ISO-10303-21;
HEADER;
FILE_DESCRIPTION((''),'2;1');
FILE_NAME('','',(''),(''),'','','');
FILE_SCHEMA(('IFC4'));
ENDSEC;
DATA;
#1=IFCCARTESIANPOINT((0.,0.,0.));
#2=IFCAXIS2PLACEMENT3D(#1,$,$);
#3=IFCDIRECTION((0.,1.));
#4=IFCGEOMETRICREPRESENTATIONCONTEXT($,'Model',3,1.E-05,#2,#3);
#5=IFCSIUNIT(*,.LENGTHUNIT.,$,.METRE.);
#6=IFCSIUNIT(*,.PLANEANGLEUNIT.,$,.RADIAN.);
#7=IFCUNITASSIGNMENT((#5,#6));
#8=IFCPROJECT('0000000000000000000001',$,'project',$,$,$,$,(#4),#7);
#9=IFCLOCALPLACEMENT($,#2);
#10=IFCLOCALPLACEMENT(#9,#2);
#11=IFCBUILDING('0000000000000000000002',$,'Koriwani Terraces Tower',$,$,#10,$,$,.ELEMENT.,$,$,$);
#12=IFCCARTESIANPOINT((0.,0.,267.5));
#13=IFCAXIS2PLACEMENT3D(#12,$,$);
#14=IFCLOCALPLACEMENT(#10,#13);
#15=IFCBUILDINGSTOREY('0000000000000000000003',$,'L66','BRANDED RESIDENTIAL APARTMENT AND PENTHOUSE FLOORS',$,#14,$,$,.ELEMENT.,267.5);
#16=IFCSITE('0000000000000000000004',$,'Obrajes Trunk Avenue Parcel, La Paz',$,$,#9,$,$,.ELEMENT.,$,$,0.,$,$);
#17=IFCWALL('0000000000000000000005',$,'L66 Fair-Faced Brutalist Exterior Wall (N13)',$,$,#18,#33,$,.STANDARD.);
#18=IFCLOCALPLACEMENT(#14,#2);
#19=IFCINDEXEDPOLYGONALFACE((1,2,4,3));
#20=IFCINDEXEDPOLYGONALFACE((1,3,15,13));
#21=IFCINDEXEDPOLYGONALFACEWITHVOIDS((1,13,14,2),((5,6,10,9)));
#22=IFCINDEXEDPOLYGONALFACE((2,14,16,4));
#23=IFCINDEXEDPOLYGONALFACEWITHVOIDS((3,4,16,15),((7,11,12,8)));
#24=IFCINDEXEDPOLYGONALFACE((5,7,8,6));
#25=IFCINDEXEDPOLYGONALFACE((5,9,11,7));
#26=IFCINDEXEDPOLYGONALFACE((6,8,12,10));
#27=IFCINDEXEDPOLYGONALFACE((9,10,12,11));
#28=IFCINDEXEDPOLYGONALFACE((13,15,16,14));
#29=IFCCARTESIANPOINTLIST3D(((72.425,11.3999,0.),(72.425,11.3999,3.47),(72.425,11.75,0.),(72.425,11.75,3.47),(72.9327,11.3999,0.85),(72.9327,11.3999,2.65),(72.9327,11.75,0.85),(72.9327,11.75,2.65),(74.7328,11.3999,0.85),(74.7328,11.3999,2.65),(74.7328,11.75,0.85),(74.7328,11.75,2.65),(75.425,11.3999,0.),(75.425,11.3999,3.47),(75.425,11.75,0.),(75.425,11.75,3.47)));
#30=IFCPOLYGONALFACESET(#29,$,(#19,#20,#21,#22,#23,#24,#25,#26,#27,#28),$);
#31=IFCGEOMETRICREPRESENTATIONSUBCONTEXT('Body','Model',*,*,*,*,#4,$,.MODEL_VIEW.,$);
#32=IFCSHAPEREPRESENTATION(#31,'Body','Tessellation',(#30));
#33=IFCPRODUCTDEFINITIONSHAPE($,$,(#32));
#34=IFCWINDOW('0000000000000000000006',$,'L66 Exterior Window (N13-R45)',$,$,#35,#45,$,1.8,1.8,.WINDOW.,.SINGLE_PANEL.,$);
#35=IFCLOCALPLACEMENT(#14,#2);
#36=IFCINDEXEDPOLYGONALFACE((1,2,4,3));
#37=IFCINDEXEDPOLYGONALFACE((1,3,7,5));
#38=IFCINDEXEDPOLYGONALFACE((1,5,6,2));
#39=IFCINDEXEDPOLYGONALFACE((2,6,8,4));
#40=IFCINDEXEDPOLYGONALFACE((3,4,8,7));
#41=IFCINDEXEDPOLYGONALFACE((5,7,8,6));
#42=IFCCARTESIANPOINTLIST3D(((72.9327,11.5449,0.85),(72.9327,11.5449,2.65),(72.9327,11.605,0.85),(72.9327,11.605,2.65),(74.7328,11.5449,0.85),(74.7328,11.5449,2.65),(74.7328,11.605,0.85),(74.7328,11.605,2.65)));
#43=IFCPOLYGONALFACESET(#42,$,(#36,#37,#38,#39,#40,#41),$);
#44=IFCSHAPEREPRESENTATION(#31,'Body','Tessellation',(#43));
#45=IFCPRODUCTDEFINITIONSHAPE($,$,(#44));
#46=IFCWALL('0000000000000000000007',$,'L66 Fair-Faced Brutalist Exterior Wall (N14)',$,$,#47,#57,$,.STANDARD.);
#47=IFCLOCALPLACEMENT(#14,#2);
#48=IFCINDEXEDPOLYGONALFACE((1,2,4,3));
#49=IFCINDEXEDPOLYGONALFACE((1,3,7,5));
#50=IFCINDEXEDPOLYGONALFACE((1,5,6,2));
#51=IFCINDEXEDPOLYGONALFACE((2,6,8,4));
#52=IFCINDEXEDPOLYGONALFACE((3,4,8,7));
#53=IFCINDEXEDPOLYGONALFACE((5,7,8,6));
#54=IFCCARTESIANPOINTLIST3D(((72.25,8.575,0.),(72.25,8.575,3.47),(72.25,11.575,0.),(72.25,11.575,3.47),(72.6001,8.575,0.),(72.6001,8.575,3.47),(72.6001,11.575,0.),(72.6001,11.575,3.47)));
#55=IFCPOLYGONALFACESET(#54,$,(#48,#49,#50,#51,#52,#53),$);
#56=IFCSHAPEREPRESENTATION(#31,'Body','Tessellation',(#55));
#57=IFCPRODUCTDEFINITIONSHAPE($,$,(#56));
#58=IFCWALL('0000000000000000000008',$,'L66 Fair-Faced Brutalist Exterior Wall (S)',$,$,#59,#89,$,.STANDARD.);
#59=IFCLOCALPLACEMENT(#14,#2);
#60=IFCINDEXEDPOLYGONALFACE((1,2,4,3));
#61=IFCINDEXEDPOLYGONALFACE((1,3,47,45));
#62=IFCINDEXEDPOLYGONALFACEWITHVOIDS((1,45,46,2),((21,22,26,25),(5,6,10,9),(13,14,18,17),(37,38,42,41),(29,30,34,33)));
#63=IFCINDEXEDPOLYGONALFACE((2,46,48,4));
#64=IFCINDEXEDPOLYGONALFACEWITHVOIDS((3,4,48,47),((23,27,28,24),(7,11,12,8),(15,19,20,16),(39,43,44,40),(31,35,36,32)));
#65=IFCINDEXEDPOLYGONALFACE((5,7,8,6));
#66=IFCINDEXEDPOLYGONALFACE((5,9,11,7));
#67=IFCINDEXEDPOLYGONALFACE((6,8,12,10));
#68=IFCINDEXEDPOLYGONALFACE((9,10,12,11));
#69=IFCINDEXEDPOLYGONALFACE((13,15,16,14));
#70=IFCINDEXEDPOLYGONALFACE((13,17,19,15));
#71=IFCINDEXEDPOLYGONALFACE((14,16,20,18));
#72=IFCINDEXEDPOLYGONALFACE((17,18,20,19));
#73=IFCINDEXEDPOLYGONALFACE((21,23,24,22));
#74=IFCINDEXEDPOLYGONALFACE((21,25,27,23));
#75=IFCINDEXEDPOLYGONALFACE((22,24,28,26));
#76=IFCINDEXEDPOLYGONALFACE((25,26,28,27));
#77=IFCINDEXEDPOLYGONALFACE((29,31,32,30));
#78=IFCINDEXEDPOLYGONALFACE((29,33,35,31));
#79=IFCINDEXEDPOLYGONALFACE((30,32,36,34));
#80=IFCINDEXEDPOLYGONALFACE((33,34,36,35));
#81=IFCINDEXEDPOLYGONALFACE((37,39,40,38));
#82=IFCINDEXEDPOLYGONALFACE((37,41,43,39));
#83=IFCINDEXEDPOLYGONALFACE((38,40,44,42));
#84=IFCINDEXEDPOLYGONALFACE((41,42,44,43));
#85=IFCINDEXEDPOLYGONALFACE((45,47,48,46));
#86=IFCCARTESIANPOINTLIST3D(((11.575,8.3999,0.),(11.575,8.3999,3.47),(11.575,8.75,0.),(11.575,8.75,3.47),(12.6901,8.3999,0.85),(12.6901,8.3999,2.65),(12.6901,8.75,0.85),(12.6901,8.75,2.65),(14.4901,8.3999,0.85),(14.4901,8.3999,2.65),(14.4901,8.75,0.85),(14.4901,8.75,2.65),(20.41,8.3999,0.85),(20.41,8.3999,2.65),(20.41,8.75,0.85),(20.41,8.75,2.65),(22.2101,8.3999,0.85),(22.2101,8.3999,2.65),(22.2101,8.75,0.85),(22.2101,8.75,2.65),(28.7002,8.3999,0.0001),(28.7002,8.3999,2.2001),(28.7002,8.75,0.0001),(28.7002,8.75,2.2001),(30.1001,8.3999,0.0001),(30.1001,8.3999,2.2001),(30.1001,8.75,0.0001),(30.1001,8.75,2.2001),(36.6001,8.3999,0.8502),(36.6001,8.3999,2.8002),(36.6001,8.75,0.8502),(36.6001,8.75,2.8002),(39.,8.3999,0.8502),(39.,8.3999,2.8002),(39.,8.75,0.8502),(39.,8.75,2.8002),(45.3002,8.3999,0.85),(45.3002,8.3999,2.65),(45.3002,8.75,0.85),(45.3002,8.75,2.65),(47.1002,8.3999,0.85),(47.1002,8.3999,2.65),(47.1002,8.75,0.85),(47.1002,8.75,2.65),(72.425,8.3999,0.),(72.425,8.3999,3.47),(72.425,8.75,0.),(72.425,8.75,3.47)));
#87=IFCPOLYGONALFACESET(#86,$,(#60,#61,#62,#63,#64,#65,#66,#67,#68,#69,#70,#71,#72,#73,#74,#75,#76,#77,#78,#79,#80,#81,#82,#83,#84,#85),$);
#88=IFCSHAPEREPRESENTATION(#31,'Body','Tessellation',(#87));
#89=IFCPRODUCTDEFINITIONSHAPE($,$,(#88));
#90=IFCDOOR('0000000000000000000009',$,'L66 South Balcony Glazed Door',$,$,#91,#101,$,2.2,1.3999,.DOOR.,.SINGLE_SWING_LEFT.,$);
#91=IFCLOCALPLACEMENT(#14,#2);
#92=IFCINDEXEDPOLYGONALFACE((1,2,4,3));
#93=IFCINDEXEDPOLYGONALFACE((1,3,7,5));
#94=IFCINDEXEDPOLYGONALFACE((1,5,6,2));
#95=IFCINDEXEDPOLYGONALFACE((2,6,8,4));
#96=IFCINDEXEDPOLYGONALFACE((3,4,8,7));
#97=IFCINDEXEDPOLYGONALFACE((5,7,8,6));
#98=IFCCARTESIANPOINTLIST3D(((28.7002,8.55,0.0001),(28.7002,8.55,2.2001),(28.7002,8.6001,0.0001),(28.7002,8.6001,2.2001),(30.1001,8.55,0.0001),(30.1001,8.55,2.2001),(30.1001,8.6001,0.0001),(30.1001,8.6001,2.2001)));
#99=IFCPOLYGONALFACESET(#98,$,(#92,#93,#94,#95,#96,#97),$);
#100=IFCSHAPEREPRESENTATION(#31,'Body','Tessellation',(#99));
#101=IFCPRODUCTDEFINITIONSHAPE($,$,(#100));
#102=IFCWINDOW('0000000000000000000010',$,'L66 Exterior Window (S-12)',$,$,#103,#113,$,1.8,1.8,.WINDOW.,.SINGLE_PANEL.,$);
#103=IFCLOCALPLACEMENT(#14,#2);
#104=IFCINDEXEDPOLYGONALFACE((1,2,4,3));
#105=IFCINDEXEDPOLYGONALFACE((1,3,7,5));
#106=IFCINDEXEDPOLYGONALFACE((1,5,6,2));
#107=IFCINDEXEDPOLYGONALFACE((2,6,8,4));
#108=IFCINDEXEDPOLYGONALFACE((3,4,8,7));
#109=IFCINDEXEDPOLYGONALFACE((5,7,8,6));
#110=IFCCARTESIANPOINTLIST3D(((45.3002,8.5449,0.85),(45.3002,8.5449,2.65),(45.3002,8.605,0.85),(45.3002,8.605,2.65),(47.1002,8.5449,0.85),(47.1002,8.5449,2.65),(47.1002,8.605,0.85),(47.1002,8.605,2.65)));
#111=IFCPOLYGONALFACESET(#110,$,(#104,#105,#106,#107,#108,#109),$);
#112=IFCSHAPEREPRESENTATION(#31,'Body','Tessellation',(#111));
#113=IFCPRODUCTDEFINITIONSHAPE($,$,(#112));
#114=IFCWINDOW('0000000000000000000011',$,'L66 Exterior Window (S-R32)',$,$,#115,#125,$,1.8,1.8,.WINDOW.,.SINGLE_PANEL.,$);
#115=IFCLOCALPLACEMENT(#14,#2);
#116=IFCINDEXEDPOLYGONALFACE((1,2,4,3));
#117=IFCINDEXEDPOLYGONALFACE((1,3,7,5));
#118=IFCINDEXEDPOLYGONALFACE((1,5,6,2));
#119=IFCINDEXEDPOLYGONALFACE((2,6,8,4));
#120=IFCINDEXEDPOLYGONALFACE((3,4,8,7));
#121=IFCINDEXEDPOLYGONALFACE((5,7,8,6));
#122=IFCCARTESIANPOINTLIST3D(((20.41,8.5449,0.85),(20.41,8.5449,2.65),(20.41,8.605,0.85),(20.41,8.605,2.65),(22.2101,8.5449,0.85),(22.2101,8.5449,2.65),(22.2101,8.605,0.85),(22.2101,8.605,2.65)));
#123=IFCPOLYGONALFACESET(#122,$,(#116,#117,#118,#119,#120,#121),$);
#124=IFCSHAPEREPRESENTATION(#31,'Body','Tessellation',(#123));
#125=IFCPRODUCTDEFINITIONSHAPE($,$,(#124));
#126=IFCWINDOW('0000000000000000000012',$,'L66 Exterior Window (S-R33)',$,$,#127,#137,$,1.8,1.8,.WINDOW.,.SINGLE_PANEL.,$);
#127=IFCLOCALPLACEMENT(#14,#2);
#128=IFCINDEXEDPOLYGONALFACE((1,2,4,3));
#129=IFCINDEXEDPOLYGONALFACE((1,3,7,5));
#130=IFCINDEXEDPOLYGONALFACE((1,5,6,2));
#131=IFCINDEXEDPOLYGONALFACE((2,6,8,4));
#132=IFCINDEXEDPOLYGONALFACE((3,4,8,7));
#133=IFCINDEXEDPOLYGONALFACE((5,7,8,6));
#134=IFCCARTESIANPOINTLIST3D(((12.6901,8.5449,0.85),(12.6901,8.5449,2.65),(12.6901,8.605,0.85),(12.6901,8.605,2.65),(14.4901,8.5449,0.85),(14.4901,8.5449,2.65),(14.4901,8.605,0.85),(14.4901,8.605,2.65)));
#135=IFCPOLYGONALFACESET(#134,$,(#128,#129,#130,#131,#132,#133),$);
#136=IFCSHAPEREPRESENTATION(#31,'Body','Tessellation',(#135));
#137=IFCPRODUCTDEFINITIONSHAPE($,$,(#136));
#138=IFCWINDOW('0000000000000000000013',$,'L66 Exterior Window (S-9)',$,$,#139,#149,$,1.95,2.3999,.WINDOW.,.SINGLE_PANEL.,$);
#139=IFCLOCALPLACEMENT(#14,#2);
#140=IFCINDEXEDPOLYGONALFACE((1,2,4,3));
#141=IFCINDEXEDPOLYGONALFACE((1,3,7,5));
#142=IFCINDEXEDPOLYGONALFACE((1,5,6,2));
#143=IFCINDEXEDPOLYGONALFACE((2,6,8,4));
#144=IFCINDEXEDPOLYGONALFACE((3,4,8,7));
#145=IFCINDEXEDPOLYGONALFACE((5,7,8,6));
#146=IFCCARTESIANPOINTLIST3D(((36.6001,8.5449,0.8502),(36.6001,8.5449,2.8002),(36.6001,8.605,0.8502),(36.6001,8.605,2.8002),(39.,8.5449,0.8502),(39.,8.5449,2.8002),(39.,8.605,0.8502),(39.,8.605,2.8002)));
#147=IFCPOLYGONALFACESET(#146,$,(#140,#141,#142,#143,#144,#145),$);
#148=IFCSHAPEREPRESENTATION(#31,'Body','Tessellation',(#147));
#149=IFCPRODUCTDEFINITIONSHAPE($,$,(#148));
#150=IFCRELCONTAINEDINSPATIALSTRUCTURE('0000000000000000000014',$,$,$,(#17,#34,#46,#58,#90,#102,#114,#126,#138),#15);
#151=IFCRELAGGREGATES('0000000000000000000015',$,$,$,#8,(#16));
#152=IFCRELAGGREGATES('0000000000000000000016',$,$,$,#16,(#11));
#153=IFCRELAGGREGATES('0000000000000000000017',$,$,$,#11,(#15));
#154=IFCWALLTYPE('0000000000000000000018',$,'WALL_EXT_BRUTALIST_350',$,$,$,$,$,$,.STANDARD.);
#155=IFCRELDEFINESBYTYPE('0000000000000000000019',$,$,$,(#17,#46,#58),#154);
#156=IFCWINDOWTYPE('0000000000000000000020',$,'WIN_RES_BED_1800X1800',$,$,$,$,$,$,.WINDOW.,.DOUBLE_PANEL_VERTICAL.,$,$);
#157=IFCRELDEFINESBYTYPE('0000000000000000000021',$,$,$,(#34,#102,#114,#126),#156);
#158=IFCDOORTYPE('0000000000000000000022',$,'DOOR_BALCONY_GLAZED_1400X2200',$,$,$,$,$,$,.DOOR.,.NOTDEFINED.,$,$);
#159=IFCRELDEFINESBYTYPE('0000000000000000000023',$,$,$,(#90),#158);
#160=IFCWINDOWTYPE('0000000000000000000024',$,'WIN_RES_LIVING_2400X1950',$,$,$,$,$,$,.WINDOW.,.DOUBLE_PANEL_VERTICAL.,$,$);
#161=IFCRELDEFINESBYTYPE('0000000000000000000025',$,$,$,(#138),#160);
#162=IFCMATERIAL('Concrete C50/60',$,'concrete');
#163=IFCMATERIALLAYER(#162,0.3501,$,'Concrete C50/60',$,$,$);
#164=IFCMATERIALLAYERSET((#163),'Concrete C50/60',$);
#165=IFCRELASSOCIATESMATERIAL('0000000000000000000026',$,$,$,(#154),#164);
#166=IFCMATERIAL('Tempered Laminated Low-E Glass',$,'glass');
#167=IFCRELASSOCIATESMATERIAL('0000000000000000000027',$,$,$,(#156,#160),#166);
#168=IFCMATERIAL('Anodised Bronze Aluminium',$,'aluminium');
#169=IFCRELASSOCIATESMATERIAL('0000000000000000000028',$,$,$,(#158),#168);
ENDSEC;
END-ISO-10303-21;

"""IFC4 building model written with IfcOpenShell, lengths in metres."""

from ifc_helpers import new_model, si_unit, direction, frame, frame_2d, origin, place, context, subcontext, project, spatial, rectangle, extrude, material, layer, layer_set, type_object, element, fill, save


model = new_model("IFC4")

# Units and contexts
model_context = context("Model", 3, precision=1e-05, world=origin(), true_north=direction((0.0, 1.0)))
body_context = subcontext(model_context, "Body", "Model", "MODEL_VIEW")
ifc_project = project(units=[si_unit("LENGTHUNIT", "METRE"), si_unit("PLANEANGLEUNIT", "RADIAN")], contexts=[model_context])

# Site, building, storey
site_placement = place(None, origin())
site = spatial("IfcSite", under=ifc_project, at=site_placement, Name="Obrajes Trunk Avenue Parcel, La Paz", CompositionType="ELEMENT", RefElevation=0.0)
building_placement = place(site_placement, origin())
building = spatial("IfcBuilding", under=site, at=building_placement, Name="Koriwani Terraces Tower", CompositionType="ELEMENT")
storey_placement = place(building_placement, frame((0.0, 0.0, 267.5)))
storey = spatial("IfcBuildingStorey", under=building, at=storey_placement, Name="L66", Description="BRANDED RESIDENTIAL APARTMENT AND PENTHOUSE FLOORS", CompositionType="ELEMENT", Elevation=267.5)

# Shared definitions
ifc_material_1 = material(Name="Concrete C50/60", Category="concrete")

# Wall, opening, window
ifc_layer_1 = layer(ifc_material_1, 0.3501, Name="Concrete C50/60")
ifc_layer_set_1 = layer_set([ifc_layer_1], Name="Concrete C50/60")
wall_type_1 = type_object("IfcWallType", Name="WALL_EXT_BRUTALIST_350", PredefinedType="STANDARD", material=ifc_layer_set_1)
wall_1_placement = place(storey_placement, frame((75.425, 11.575, 0.0), z_axis=(0.0, 0.0, 1.0), x_axis=(-1.0, 0.0, 0.0)))
wall_1 = element("IfcWall", 1, at=wall_1_placement, inside=storey, type_object=wall_type_1, Name="L66 Fair-Faced Brutalist Exterior Wall (N13)", PredefinedType="STANDARD", context=body_context, shape_type="SweptSolid", body=[
    extrude(rectangle(XDim=3.0, YDim=0.3501, at=frame_2d((1.5, 0.0))), origin(), (0.0, 0.0, 1.0), 3.47),
])
opening_1_placement = place(wall_1_placement, frame((0.6924, 0.0, 0.8501)))
opening_1 = element("IfcOpeningElement", 2, at=opening_1_placement, cuts=wall_1, PredefinedType="OPENING", context=body_context, shape_type="SweptSolid", body=[
    extrude(rectangle(XDim=1.8, YDim=1.8, at=frame_2d((0.8999, 0.8999))), frame((0.0, 0.1851, 0.0), z_axis=(0.0, -1.0, 0.0), x_axis=(1.0, 0.0, 0.0)), (0.0, 0.0, 1.0), 0.3701),
])
ifc_material_2 = material(Name="Tempered Laminated Low-E Glass", Category="glass")
window_type_1 = type_object("IfcWindowType", Name="WIN_RES_BED_1800X1800", PartitioningType="DOUBLE_PANEL_VERTICAL", PredefinedType="WINDOW", material=ifc_material_2)
window_1_placement = place(opening_1_placement, origin())
window_1 = element("IfcWindow", 3, at=window_1_placement, inside=storey, type_object=window_type_1, Name="L66 Exterior Window (N13-R45)", OverallHeight=1.8, OverallWidth=1.8, PartitioningType="SINGLE_PANEL", PredefinedType="WINDOW", context=body_context, shape_type="SweptSolid", body=[
    extrude(rectangle(XDim=1.8, YDim=1.8, at=frame_2d((0.8999, 0.8999))), frame((0.0, 0.03, 0.0), z_axis=(0.0, -1.0, 0.0), x_axis=(1.0, 0.0, 0.0)), (0.0, 0.0, 1.0), 0.0601),
])
fill(opening_1, window_1)

# Wall
wall_2_placement = place(storey_placement, frame((72.425, 11.575, 0.0), z_axis=(0.0, 0.0, 1.0), x_axis=(0.0, -1.0, 0.0)))
element("IfcWall", 4, at=wall_2_placement, inside=storey, type_object=wall_type_1, Name="L66 Fair-Faced Brutalist Exterior Wall (N14)", PredefinedType="STANDARD", context=body_context, shape_type="SweptSolid", body=[
    extrude(rectangle(XDim=3.0, YDim=0.3501, at=frame_2d((1.5, 0.0))), origin(), (0.0, 0.0, 1.0), 3.47),
])

# Wall, openings, door, windows
wall_3_placement = place(storey_placement, frame((72.425, 8.575, 0.0), z_axis=(0.0, 0.0, 1.0), x_axis=(-1.0, 0.0, 0.0)))
wall_3 = element("IfcWall", 5, at=wall_3_placement, inside=storey, type_object=wall_type_1, Name="L66 Fair-Faced Brutalist Exterior Wall (S)", PredefinedType="STANDARD", context=body_context, shape_type="SweptSolid", body=[
    extrude(rectangle(XDim=60.8501, YDim=0.3501, at=frame_2d((30.425, 0.0))), origin(), (0.0, 0.0, 1.0), 3.47),
])
opening_2_placement = place(wall_3_placement, frame((42.325, 0.0, 0.0)))
opening_2 = element("IfcOpeningElement", 6, at=opening_2_placement, cuts=wall_3, PredefinedType="OPENING", context=body_context, shape_type="SweptSolid", body=[
    extrude(rectangle(XDim=1.3999, YDim=2.2, at=frame_2d((0.7, 1.1001))), frame((0.0, 0.1851, 0.0), z_axis=(0.0, -1.0, 0.0), x_axis=(1.0, 0.0, 0.0)), (0.0, 0.0, 1.0), 0.3701),
])
opening_3_placement = place(wall_3_placement, frame((33.425, 0.0, 0.8501)))
opening_3 = element("IfcOpeningElement", 7, at=opening_3_placement, cuts=wall_3, PredefinedType="OPENING", context=body_context, shape_type="SweptSolid", body=[
    extrude(rectangle(XDim=2.3999, YDim=1.95, at=frame_2d((1.2, 0.9751))), frame((0.0, 0.1851, 0.0), z_axis=(0.0, -1.0, 0.0), x_axis=(1.0, 0.0, 0.0)), (0.0, 0.0, 1.0), 0.3701),
])
opening_4_placement = place(wall_3_placement, frame((25.325, 0.0, 0.8501)))
opening_4 = element("IfcOpeningElement", 8, at=opening_4_placement, cuts=wall_3, PredefinedType="OPENING", context=body_context, shape_type="SweptSolid", body=[
    extrude(rectangle(XDim=1.8, YDim=1.8, at=frame_2d((0.8999, 0.8999))), frame((0.0, 0.1851, 0.0), z_axis=(0.0, -1.0, 0.0), x_axis=(1.0, 0.0, 0.0)), (0.0, 0.0, 1.0), 0.3701),
])
opening_5_placement = place(wall_3_placement, frame((50.2151, 0.0, 0.8501)))
opening_5 = element("IfcOpeningElement", 9, at=opening_5_placement, cuts=wall_3, PredefinedType="OPENING", context=body_context, shape_type="SweptSolid", body=[
    extrude(rectangle(XDim=1.8, YDim=1.8, at=frame_2d((0.8999, 0.8999))), frame((0.0, 0.1851, 0.0), z_axis=(0.0, -1.0, 0.0), x_axis=(1.0, 0.0, 0.0)), (0.0, 0.0, 1.0), 0.3701),
])
opening_6_placement = place(wall_3_placement, frame((57.9351, 0.0, 0.8501)))
opening_6 = element("IfcOpeningElement", 10, at=opening_6_placement, cuts=wall_3, PredefinedType="OPENING", context=body_context, shape_type="SweptSolid", body=[
    extrude(rectangle(XDim=1.8, YDim=1.8, at=frame_2d((0.8999, 0.8999))), frame((0.0, 0.1851, 0.0), z_axis=(0.0, -1.0, 0.0), x_axis=(1.0, 0.0, 0.0)), (0.0, 0.0, 1.0), 0.3701),
])
ifc_material_3 = material(Name="Anodised Bronze Aluminium", Category="aluminium")
door_type_1 = type_object("IfcDoorType", Name="DOOR_BALCONY_GLAZED_1400X2200", OperationType="NOTDEFINED", PredefinedType="DOOR", material=ifc_material_3)
door_1_placement = place(opening_2_placement, origin())
door_1 = element("IfcDoor", 11, at=door_1_placement, inside=storey, type_object=door_type_1, Name="L66 South Balcony Glazed Door", OperationType="SINGLE_SWING_LEFT", OverallHeight=2.2, OverallWidth=1.3999, PredefinedType="DOOR", context=body_context, shape_type="SweptSolid", body=[
    extrude(rectangle(XDim=1.3999, YDim=2.2, at=frame_2d((0.7, 1.1001))), frame((0.0, 0.0249, 0.0), z_axis=(0.0, -1.0, 0.0), x_axis=(1.0, 0.0, 0.0)), (0.0, 0.0, 1.0), 0.05),
])
fill(opening_2, door_1)
window_2_placement = place(opening_4_placement, origin())
window_2 = element("IfcWindow", 12, at=window_2_placement, inside=storey, type_object=window_type_1, Name="L66 Exterior Window (S-12)", OverallHeight=1.8, OverallWidth=1.8, PartitioningType="SINGLE_PANEL", PredefinedType="WINDOW", context=body_context, shape_type="SweptSolid", body=[
    extrude(rectangle(XDim=1.8, YDim=1.8, at=frame_2d((0.8999, 0.8999))), frame((0.0, 0.03, 0.0), z_axis=(0.0, -1.0, 0.0), x_axis=(1.0, 0.0, 0.0)), (0.0, 0.0, 1.0), 0.0601),
])
fill(opening_4, window_2)
window_3_placement = place(opening_5_placement, origin())
window_3 = element("IfcWindow", 13, at=window_3_placement, inside=storey, type_object=window_type_1, Name="L66 Exterior Window (S-R32)", OverallHeight=1.8, OverallWidth=1.8, PartitioningType="SINGLE_PANEL", PredefinedType="WINDOW", context=body_context, shape_type="SweptSolid", body=[
    extrude(rectangle(XDim=1.8, YDim=1.8, at=frame_2d((0.8999, 0.8999))), frame((0.0, 0.03, 0.0), z_axis=(0.0, -1.0, 0.0), x_axis=(1.0, 0.0, 0.0)), (0.0, 0.0, 1.0), 0.0601),
])
fill(opening_5, window_3)
window_4_placement = place(opening_6_placement, origin())
window_4 = element("IfcWindow", 14, at=window_4_placement, inside=storey, type_object=window_type_1, Name="L66 Exterior Window (S-R33)", OverallHeight=1.8, OverallWidth=1.8, PartitioningType="SINGLE_PANEL", PredefinedType="WINDOW", context=body_context, shape_type="SweptSolid", body=[
    extrude(rectangle(XDim=1.8, YDim=1.8, at=frame_2d((0.8999, 0.8999))), frame((0.0, 0.03, 0.0), z_axis=(0.0, -1.0, 0.0), x_axis=(1.0, 0.0, 0.0)), (0.0, 0.0, 1.0), 0.0601),
])
fill(opening_6, window_4)
window_type_2 = type_object("IfcWindowType", Name="WIN_RES_LIVING_2400X1950", PartitioningType="DOUBLE_PANEL_VERTICAL", PredefinedType="WINDOW", material=ifc_material_2)
window_5_placement = place(opening_3_placement, origin())
window_5 = element("IfcWindow", 15, at=window_5_placement, inside=storey, type_object=window_type_2, Name="L66 Exterior Window (S-9)", OverallHeight=1.95, OverallWidth=2.3999, PartitioningType="SINGLE_PANEL", PredefinedType="WINDOW", context=body_context, shape_type="SweptSolid", body=[
    extrude(rectangle(XDim=2.3999, YDim=1.95, at=frame_2d((1.2, 0.9751))), frame((0.0, 0.03, 0.0), z_axis=(0.0, -1.0, 0.0), x_axis=(1.0, 0.0, 0.0)), (0.0, 0.0, 1.0), 0.0601),
])
fill(opening_3, window_5)

save(model, "model.ifc")
